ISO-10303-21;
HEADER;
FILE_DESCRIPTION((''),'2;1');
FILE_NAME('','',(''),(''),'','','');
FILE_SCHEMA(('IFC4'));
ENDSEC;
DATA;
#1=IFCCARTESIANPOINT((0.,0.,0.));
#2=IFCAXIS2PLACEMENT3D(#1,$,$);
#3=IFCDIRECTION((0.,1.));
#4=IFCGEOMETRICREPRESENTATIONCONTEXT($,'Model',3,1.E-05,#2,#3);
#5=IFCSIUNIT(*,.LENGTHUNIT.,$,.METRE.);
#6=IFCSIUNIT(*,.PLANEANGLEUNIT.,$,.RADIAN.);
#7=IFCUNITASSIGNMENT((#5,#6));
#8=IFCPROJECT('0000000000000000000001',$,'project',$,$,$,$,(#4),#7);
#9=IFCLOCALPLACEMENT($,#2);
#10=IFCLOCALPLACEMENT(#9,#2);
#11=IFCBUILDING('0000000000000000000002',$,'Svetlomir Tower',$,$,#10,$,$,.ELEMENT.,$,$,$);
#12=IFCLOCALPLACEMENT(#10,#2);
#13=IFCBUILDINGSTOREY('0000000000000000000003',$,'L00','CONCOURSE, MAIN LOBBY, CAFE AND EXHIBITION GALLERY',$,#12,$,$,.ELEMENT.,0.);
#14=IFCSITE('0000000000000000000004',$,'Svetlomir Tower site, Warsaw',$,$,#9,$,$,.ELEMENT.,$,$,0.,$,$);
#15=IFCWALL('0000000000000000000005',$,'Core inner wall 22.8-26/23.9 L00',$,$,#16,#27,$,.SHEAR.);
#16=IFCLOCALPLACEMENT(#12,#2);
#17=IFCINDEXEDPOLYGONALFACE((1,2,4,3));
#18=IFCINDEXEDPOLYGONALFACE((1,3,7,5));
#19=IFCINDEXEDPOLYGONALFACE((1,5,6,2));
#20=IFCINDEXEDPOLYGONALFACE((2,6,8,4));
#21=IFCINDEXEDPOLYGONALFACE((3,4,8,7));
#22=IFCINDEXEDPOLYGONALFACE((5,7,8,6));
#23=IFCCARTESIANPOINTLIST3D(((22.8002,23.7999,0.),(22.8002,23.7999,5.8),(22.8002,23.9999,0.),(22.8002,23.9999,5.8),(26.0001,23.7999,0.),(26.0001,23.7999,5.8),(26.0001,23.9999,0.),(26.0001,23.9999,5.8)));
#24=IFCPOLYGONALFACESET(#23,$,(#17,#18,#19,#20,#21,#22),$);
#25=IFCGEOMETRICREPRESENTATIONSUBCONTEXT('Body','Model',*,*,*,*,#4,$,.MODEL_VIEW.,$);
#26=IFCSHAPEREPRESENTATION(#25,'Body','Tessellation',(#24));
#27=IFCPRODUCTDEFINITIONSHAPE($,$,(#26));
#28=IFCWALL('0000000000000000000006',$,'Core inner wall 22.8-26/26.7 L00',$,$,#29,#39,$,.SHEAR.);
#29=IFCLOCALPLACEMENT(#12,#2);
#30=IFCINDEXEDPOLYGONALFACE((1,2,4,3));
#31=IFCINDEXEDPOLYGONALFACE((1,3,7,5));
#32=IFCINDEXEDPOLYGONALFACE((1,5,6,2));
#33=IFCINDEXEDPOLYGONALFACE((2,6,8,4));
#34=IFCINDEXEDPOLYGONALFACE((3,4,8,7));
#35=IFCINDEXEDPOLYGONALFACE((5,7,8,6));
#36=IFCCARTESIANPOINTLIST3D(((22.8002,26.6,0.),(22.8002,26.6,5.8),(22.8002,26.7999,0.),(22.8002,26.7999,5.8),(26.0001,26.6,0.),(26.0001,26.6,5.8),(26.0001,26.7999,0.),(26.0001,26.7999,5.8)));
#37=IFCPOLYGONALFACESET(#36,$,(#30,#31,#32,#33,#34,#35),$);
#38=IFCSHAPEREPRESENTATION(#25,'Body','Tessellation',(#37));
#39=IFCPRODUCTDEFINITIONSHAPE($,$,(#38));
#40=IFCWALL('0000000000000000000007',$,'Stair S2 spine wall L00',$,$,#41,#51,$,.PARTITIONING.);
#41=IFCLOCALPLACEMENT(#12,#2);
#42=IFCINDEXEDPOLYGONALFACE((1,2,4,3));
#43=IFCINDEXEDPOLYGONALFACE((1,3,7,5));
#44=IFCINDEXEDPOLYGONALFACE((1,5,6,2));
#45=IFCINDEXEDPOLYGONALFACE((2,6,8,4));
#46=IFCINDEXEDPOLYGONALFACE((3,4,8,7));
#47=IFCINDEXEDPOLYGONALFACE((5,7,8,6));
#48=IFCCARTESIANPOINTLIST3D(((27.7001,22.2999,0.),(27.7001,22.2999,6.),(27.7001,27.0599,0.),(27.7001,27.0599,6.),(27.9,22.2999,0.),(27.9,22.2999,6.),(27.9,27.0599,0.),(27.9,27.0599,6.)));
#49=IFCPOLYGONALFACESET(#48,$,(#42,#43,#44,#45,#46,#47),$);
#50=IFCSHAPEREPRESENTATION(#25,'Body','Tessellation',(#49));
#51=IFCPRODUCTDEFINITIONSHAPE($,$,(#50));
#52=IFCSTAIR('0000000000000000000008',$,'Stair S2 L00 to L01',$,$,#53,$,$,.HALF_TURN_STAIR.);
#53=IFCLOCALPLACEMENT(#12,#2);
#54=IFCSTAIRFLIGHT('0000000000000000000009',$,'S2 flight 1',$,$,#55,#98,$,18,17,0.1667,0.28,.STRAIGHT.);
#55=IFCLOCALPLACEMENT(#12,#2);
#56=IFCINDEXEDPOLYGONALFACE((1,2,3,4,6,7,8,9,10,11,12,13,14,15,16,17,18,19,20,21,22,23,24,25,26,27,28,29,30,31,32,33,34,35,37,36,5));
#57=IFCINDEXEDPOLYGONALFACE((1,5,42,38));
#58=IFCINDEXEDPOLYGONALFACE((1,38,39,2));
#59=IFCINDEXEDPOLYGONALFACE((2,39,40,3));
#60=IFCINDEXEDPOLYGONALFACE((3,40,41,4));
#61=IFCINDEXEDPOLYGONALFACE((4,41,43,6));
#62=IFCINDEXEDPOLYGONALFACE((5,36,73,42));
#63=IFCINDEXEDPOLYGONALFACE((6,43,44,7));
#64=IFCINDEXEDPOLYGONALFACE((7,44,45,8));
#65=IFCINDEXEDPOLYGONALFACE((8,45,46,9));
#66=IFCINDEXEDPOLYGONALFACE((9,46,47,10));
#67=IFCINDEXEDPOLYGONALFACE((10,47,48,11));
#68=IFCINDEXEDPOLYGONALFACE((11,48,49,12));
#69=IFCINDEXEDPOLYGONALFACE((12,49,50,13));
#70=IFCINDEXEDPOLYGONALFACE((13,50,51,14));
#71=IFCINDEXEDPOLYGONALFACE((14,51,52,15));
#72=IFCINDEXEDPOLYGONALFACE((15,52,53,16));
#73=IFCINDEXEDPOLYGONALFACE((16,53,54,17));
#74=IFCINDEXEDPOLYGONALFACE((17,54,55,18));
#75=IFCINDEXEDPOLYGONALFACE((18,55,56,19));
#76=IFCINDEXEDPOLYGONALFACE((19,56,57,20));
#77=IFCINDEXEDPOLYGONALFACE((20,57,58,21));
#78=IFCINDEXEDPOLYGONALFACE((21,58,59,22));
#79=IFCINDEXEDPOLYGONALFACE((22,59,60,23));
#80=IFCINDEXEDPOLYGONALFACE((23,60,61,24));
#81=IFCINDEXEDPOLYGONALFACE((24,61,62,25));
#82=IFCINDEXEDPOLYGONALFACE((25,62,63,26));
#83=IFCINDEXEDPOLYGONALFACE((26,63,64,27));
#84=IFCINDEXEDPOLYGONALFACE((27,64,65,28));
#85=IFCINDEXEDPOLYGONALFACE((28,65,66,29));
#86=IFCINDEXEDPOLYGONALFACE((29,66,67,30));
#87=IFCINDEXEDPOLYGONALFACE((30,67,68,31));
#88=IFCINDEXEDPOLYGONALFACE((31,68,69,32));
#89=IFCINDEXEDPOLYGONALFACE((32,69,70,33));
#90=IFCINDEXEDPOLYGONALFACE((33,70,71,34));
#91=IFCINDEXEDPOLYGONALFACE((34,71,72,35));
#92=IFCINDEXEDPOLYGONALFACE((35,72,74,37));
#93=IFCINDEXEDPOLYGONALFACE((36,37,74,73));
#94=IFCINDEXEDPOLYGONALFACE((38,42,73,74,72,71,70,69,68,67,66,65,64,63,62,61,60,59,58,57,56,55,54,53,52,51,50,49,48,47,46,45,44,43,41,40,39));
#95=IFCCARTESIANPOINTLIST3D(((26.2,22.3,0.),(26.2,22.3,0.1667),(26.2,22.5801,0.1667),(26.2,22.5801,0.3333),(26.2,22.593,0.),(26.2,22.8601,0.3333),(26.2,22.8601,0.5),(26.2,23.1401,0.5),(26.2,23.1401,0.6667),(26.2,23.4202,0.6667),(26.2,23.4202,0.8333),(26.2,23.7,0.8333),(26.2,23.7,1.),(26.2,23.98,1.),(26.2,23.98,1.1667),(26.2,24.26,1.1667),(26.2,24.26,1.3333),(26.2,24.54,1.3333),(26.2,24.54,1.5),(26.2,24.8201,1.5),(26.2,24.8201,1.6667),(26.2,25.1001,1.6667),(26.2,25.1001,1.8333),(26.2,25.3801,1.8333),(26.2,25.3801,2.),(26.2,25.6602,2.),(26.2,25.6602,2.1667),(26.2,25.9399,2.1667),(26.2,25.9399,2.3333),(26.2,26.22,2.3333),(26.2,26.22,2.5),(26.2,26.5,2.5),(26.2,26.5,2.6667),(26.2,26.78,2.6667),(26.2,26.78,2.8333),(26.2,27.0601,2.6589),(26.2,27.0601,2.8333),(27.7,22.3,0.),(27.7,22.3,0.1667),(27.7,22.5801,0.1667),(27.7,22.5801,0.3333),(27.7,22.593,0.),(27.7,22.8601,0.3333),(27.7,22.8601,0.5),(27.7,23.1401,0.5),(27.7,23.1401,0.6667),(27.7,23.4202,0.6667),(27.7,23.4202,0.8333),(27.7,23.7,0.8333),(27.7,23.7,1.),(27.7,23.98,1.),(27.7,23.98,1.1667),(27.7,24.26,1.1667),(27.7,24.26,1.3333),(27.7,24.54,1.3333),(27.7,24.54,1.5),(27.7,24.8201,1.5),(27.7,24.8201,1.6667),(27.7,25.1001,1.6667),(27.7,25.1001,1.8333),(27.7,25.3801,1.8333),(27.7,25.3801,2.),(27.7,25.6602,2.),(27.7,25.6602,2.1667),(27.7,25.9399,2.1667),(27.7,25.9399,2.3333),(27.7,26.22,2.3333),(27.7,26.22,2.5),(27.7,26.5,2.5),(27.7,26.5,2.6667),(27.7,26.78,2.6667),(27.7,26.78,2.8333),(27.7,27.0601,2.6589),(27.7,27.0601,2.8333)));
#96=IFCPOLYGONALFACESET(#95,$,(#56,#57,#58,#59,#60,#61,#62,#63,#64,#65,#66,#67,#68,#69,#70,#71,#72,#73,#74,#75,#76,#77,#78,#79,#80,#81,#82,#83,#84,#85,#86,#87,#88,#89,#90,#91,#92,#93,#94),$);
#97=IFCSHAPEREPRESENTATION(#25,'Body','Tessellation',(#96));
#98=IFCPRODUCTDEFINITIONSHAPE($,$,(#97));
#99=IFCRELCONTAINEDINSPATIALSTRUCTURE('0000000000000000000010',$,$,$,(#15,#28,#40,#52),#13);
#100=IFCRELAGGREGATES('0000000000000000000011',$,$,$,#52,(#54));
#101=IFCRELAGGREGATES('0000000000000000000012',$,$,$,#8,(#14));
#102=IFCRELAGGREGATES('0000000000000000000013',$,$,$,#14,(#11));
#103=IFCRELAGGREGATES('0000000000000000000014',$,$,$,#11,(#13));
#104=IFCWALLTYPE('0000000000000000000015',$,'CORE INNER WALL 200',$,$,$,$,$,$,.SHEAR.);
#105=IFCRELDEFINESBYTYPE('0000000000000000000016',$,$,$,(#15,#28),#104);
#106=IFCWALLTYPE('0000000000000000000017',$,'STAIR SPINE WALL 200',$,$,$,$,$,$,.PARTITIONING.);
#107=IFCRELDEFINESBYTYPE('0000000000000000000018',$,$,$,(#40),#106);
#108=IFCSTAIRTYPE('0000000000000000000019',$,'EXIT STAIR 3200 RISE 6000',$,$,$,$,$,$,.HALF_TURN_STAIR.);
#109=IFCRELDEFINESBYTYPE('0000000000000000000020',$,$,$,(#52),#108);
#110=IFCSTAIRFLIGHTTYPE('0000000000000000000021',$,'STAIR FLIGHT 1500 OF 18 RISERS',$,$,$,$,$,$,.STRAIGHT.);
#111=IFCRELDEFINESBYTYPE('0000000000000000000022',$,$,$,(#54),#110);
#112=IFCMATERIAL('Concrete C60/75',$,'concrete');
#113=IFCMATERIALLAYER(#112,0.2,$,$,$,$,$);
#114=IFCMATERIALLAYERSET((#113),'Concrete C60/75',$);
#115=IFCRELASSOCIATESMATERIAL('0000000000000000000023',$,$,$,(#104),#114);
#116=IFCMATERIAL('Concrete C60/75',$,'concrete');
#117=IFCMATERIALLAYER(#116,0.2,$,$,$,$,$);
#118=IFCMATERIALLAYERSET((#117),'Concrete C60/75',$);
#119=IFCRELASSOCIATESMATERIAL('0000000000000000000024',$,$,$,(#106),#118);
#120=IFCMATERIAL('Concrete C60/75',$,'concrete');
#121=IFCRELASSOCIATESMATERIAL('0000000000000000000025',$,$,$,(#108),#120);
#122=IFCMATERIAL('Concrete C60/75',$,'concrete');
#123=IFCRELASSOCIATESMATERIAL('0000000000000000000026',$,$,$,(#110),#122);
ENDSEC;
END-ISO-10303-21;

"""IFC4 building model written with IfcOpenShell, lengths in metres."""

from ifc_helpers import new_model, si_unit, direction, frame, frame_2d, origin, place, context, subcontext, project, spatial, polyline, rectangle, outline, extrude, material, layer, layer_set, type_object, element, aggregate, save


model = new_model("IFC4")

# Units and contexts
model_context = context("Model", 3, precision=1e-05, world=origin(), true_north=direction((0.0, 1.0)))
body_context = subcontext(model_context, "Body", "Model", "MODEL_VIEW")
ifc_project = project(units=[si_unit("LENGTHUNIT", "METRE"), si_unit("PLANEANGLEUNIT", "RADIAN")], contexts=[model_context])

# Site, building, storey
site_placement = place(None, origin())
site = spatial("IfcSite", under=ifc_project, at=site_placement, Name="Svetlomir Tower site, Warsaw", CompositionType="ELEMENT", RefElevation=0.0)
building_placement = place(site_placement, origin())
building = spatial("IfcBuilding", under=site, at=building_placement, Name="Svetlomir Tower", CompositionType="ELEMENT")
storey_placement = place(building_placement, origin())
storey = spatial("IfcBuildingStorey", under=building, at=storey_placement, Name="L00", Description="CONCOURSE, MAIN LOBBY, CAFE AND EXHIBITION GALLERY", CompositionType="ELEMENT", Elevation=0.0)

# Walls
ifc_material_1 = material(Name="Concrete C60/75", Category="concrete")
ifc_layer_1 = layer(ifc_material_1, 0.2)
ifc_layer_set_1 = layer_set([ifc_layer_1], Name="Concrete C60/75")
wall_type_1 = type_object("IfcWallType", Name="CORE INNER WALL 200", PredefinedType="SHEAR", material=ifc_layer_set_1)
for number, where, z_axis, x_axis, name in (
    (1, (22.8, 23.8999, 0.0), (0.0, 0.0, 1.0), (1.0, 0.0, 0.0), "Core inner wall 22.8-26/23.9 L00"),
    (2, (22.8, 26.7, 0.0), (0.0, 0.0, 1.0), (1.0, 0.0, 0.0), "Core inner wall 22.8-26/26.7 L00"),
):
    element("IfcWall", number, at=place(storey_placement, frame(where, z_axis=z_axis, x_axis=x_axis)), inside=storey, type_object=wall_type_1, Name=name, PredefinedType="SHEAR", context=body_context, shape_type="SweptSolid", body=[
        extrude(rectangle(XDim=3.2, YDim=0.2, at=frame_2d((1.6001, 0.0))), origin(), (0.0, 0.0, 1.0), 5.8),
    ])
ifc_material_2 = material(Name="Concrete C60/75", Category="concrete")
ifc_layer_2 = layer(ifc_material_2, 0.2)
ifc_layer_set_2 = layer_set([ifc_layer_2], Name="Concrete C60/75")
wall_type_2 = type_object("IfcWallType", Name="STAIR SPINE WALL 200", PredefinedType="PARTITIONING", material=ifc_layer_set_2)
wall_placement = place(storey_placement, frame((27.8, 22.3, 0.0), z_axis=(0.0, 0.0, 1.0), x_axis=(0.0, 1.0, 0.0)))
element("IfcWall", 3, at=wall_placement, inside=storey, type_object=wall_type_2, Name="Stair S2 spine wall L00", PredefinedType="PARTITIONING", context=body_context, shape_type="SweptSolid", body=[
    extrude(rectangle(XDim=4.76, YDim=0.2, at=frame_2d((2.3799, 0.0))), origin(), (0.0, 0.0, 1.0), 6.0),
])

# Stair, stair flight
ifc_material_3 = material(Name="Concrete C60/75", Category="concrete")
stair_type = type_object("IfcStairType", Name="EXIT STAIR 3200 RISE 6000", PredefinedType="HALF_TURN_STAIR", material=ifc_material_3)
stair_placement = place(storey_placement, origin())
stair = element("IfcStair", 4, at=stair_placement, inside=storey, type_object=stair_type, Name="Stair S2 L00 to L01", PredefinedType="HALF_TURN_STAIR")
ifc_material_4 = material(Name="Concrete C60/75", Category="concrete")
stair_flight_type = type_object("IfcStairFlightType", Name="STAIR FLIGHT 1500 OF 18 RISERS", PredefinedType="STRAIGHT", material=ifc_material_4)
stair_flight_placement = place(storey_placement, frame((26.95, 22.3, 0.0), z_axis=(0.0, 0.0, 1.0), x_axis=(0.0, 1.0, 0.0)))
stair_flight = element("IfcStairFlight", 5, at=stair_flight_placement, type_object=stair_flight_type, Name="S2 flight 1", NumberOfRisers=18, NumberOfTreads=17, PredefinedType="STRAIGHT", RiserHeight=0.1667, TreadLength=0.28, context=body_context, shape_type="SweptSolid", body=[
    extrude(outline(polyline([(0.0, 0.0), (0.0, 0.1667), (0.28, 0.1667), (0.28, 0.3333), (0.5601, 0.3333), (0.5601, 0.5), (0.8401, 0.5), (0.8401, 0.6667), (1.1201, 0.6667), (1.1201, 0.8333), (1.3999, 0.8333), (1.3999, 1.0), (1.6799, 1.0), (1.6799, 1.1667), (1.96, 1.1667), (1.96, 1.3333), (2.24, 1.3333), (2.24, 1.5), (2.52, 1.5), (2.52, 1.6667), (2.8, 1.6667), (2.8, 1.8333), (3.0801, 1.8333), (3.0801, 2.0), (3.3601, 2.0), (3.3601, 2.1667), (3.6399, 2.1667), (3.6399, 2.3333), (3.9199, 2.3333), (3.9199, 2.5), (4.2, 2.5), (4.2, 2.6667), (4.48, 2.6667), (4.48, 2.8333), (4.76, 2.8333), (4.76, 3.0), (4.76, 2.6589), (0.293, 0.0), (0.0, 0.0)])), frame((0.0, 0.75, 0.0), z_axis=(0.0, -1.0, 0.0), x_axis=(1.0, 0.0, 0.0)), (0.0, 0.0, 1.0), 1.5),
])
aggregate(stair, [stair_flight])

save(model, "model.ifc")
